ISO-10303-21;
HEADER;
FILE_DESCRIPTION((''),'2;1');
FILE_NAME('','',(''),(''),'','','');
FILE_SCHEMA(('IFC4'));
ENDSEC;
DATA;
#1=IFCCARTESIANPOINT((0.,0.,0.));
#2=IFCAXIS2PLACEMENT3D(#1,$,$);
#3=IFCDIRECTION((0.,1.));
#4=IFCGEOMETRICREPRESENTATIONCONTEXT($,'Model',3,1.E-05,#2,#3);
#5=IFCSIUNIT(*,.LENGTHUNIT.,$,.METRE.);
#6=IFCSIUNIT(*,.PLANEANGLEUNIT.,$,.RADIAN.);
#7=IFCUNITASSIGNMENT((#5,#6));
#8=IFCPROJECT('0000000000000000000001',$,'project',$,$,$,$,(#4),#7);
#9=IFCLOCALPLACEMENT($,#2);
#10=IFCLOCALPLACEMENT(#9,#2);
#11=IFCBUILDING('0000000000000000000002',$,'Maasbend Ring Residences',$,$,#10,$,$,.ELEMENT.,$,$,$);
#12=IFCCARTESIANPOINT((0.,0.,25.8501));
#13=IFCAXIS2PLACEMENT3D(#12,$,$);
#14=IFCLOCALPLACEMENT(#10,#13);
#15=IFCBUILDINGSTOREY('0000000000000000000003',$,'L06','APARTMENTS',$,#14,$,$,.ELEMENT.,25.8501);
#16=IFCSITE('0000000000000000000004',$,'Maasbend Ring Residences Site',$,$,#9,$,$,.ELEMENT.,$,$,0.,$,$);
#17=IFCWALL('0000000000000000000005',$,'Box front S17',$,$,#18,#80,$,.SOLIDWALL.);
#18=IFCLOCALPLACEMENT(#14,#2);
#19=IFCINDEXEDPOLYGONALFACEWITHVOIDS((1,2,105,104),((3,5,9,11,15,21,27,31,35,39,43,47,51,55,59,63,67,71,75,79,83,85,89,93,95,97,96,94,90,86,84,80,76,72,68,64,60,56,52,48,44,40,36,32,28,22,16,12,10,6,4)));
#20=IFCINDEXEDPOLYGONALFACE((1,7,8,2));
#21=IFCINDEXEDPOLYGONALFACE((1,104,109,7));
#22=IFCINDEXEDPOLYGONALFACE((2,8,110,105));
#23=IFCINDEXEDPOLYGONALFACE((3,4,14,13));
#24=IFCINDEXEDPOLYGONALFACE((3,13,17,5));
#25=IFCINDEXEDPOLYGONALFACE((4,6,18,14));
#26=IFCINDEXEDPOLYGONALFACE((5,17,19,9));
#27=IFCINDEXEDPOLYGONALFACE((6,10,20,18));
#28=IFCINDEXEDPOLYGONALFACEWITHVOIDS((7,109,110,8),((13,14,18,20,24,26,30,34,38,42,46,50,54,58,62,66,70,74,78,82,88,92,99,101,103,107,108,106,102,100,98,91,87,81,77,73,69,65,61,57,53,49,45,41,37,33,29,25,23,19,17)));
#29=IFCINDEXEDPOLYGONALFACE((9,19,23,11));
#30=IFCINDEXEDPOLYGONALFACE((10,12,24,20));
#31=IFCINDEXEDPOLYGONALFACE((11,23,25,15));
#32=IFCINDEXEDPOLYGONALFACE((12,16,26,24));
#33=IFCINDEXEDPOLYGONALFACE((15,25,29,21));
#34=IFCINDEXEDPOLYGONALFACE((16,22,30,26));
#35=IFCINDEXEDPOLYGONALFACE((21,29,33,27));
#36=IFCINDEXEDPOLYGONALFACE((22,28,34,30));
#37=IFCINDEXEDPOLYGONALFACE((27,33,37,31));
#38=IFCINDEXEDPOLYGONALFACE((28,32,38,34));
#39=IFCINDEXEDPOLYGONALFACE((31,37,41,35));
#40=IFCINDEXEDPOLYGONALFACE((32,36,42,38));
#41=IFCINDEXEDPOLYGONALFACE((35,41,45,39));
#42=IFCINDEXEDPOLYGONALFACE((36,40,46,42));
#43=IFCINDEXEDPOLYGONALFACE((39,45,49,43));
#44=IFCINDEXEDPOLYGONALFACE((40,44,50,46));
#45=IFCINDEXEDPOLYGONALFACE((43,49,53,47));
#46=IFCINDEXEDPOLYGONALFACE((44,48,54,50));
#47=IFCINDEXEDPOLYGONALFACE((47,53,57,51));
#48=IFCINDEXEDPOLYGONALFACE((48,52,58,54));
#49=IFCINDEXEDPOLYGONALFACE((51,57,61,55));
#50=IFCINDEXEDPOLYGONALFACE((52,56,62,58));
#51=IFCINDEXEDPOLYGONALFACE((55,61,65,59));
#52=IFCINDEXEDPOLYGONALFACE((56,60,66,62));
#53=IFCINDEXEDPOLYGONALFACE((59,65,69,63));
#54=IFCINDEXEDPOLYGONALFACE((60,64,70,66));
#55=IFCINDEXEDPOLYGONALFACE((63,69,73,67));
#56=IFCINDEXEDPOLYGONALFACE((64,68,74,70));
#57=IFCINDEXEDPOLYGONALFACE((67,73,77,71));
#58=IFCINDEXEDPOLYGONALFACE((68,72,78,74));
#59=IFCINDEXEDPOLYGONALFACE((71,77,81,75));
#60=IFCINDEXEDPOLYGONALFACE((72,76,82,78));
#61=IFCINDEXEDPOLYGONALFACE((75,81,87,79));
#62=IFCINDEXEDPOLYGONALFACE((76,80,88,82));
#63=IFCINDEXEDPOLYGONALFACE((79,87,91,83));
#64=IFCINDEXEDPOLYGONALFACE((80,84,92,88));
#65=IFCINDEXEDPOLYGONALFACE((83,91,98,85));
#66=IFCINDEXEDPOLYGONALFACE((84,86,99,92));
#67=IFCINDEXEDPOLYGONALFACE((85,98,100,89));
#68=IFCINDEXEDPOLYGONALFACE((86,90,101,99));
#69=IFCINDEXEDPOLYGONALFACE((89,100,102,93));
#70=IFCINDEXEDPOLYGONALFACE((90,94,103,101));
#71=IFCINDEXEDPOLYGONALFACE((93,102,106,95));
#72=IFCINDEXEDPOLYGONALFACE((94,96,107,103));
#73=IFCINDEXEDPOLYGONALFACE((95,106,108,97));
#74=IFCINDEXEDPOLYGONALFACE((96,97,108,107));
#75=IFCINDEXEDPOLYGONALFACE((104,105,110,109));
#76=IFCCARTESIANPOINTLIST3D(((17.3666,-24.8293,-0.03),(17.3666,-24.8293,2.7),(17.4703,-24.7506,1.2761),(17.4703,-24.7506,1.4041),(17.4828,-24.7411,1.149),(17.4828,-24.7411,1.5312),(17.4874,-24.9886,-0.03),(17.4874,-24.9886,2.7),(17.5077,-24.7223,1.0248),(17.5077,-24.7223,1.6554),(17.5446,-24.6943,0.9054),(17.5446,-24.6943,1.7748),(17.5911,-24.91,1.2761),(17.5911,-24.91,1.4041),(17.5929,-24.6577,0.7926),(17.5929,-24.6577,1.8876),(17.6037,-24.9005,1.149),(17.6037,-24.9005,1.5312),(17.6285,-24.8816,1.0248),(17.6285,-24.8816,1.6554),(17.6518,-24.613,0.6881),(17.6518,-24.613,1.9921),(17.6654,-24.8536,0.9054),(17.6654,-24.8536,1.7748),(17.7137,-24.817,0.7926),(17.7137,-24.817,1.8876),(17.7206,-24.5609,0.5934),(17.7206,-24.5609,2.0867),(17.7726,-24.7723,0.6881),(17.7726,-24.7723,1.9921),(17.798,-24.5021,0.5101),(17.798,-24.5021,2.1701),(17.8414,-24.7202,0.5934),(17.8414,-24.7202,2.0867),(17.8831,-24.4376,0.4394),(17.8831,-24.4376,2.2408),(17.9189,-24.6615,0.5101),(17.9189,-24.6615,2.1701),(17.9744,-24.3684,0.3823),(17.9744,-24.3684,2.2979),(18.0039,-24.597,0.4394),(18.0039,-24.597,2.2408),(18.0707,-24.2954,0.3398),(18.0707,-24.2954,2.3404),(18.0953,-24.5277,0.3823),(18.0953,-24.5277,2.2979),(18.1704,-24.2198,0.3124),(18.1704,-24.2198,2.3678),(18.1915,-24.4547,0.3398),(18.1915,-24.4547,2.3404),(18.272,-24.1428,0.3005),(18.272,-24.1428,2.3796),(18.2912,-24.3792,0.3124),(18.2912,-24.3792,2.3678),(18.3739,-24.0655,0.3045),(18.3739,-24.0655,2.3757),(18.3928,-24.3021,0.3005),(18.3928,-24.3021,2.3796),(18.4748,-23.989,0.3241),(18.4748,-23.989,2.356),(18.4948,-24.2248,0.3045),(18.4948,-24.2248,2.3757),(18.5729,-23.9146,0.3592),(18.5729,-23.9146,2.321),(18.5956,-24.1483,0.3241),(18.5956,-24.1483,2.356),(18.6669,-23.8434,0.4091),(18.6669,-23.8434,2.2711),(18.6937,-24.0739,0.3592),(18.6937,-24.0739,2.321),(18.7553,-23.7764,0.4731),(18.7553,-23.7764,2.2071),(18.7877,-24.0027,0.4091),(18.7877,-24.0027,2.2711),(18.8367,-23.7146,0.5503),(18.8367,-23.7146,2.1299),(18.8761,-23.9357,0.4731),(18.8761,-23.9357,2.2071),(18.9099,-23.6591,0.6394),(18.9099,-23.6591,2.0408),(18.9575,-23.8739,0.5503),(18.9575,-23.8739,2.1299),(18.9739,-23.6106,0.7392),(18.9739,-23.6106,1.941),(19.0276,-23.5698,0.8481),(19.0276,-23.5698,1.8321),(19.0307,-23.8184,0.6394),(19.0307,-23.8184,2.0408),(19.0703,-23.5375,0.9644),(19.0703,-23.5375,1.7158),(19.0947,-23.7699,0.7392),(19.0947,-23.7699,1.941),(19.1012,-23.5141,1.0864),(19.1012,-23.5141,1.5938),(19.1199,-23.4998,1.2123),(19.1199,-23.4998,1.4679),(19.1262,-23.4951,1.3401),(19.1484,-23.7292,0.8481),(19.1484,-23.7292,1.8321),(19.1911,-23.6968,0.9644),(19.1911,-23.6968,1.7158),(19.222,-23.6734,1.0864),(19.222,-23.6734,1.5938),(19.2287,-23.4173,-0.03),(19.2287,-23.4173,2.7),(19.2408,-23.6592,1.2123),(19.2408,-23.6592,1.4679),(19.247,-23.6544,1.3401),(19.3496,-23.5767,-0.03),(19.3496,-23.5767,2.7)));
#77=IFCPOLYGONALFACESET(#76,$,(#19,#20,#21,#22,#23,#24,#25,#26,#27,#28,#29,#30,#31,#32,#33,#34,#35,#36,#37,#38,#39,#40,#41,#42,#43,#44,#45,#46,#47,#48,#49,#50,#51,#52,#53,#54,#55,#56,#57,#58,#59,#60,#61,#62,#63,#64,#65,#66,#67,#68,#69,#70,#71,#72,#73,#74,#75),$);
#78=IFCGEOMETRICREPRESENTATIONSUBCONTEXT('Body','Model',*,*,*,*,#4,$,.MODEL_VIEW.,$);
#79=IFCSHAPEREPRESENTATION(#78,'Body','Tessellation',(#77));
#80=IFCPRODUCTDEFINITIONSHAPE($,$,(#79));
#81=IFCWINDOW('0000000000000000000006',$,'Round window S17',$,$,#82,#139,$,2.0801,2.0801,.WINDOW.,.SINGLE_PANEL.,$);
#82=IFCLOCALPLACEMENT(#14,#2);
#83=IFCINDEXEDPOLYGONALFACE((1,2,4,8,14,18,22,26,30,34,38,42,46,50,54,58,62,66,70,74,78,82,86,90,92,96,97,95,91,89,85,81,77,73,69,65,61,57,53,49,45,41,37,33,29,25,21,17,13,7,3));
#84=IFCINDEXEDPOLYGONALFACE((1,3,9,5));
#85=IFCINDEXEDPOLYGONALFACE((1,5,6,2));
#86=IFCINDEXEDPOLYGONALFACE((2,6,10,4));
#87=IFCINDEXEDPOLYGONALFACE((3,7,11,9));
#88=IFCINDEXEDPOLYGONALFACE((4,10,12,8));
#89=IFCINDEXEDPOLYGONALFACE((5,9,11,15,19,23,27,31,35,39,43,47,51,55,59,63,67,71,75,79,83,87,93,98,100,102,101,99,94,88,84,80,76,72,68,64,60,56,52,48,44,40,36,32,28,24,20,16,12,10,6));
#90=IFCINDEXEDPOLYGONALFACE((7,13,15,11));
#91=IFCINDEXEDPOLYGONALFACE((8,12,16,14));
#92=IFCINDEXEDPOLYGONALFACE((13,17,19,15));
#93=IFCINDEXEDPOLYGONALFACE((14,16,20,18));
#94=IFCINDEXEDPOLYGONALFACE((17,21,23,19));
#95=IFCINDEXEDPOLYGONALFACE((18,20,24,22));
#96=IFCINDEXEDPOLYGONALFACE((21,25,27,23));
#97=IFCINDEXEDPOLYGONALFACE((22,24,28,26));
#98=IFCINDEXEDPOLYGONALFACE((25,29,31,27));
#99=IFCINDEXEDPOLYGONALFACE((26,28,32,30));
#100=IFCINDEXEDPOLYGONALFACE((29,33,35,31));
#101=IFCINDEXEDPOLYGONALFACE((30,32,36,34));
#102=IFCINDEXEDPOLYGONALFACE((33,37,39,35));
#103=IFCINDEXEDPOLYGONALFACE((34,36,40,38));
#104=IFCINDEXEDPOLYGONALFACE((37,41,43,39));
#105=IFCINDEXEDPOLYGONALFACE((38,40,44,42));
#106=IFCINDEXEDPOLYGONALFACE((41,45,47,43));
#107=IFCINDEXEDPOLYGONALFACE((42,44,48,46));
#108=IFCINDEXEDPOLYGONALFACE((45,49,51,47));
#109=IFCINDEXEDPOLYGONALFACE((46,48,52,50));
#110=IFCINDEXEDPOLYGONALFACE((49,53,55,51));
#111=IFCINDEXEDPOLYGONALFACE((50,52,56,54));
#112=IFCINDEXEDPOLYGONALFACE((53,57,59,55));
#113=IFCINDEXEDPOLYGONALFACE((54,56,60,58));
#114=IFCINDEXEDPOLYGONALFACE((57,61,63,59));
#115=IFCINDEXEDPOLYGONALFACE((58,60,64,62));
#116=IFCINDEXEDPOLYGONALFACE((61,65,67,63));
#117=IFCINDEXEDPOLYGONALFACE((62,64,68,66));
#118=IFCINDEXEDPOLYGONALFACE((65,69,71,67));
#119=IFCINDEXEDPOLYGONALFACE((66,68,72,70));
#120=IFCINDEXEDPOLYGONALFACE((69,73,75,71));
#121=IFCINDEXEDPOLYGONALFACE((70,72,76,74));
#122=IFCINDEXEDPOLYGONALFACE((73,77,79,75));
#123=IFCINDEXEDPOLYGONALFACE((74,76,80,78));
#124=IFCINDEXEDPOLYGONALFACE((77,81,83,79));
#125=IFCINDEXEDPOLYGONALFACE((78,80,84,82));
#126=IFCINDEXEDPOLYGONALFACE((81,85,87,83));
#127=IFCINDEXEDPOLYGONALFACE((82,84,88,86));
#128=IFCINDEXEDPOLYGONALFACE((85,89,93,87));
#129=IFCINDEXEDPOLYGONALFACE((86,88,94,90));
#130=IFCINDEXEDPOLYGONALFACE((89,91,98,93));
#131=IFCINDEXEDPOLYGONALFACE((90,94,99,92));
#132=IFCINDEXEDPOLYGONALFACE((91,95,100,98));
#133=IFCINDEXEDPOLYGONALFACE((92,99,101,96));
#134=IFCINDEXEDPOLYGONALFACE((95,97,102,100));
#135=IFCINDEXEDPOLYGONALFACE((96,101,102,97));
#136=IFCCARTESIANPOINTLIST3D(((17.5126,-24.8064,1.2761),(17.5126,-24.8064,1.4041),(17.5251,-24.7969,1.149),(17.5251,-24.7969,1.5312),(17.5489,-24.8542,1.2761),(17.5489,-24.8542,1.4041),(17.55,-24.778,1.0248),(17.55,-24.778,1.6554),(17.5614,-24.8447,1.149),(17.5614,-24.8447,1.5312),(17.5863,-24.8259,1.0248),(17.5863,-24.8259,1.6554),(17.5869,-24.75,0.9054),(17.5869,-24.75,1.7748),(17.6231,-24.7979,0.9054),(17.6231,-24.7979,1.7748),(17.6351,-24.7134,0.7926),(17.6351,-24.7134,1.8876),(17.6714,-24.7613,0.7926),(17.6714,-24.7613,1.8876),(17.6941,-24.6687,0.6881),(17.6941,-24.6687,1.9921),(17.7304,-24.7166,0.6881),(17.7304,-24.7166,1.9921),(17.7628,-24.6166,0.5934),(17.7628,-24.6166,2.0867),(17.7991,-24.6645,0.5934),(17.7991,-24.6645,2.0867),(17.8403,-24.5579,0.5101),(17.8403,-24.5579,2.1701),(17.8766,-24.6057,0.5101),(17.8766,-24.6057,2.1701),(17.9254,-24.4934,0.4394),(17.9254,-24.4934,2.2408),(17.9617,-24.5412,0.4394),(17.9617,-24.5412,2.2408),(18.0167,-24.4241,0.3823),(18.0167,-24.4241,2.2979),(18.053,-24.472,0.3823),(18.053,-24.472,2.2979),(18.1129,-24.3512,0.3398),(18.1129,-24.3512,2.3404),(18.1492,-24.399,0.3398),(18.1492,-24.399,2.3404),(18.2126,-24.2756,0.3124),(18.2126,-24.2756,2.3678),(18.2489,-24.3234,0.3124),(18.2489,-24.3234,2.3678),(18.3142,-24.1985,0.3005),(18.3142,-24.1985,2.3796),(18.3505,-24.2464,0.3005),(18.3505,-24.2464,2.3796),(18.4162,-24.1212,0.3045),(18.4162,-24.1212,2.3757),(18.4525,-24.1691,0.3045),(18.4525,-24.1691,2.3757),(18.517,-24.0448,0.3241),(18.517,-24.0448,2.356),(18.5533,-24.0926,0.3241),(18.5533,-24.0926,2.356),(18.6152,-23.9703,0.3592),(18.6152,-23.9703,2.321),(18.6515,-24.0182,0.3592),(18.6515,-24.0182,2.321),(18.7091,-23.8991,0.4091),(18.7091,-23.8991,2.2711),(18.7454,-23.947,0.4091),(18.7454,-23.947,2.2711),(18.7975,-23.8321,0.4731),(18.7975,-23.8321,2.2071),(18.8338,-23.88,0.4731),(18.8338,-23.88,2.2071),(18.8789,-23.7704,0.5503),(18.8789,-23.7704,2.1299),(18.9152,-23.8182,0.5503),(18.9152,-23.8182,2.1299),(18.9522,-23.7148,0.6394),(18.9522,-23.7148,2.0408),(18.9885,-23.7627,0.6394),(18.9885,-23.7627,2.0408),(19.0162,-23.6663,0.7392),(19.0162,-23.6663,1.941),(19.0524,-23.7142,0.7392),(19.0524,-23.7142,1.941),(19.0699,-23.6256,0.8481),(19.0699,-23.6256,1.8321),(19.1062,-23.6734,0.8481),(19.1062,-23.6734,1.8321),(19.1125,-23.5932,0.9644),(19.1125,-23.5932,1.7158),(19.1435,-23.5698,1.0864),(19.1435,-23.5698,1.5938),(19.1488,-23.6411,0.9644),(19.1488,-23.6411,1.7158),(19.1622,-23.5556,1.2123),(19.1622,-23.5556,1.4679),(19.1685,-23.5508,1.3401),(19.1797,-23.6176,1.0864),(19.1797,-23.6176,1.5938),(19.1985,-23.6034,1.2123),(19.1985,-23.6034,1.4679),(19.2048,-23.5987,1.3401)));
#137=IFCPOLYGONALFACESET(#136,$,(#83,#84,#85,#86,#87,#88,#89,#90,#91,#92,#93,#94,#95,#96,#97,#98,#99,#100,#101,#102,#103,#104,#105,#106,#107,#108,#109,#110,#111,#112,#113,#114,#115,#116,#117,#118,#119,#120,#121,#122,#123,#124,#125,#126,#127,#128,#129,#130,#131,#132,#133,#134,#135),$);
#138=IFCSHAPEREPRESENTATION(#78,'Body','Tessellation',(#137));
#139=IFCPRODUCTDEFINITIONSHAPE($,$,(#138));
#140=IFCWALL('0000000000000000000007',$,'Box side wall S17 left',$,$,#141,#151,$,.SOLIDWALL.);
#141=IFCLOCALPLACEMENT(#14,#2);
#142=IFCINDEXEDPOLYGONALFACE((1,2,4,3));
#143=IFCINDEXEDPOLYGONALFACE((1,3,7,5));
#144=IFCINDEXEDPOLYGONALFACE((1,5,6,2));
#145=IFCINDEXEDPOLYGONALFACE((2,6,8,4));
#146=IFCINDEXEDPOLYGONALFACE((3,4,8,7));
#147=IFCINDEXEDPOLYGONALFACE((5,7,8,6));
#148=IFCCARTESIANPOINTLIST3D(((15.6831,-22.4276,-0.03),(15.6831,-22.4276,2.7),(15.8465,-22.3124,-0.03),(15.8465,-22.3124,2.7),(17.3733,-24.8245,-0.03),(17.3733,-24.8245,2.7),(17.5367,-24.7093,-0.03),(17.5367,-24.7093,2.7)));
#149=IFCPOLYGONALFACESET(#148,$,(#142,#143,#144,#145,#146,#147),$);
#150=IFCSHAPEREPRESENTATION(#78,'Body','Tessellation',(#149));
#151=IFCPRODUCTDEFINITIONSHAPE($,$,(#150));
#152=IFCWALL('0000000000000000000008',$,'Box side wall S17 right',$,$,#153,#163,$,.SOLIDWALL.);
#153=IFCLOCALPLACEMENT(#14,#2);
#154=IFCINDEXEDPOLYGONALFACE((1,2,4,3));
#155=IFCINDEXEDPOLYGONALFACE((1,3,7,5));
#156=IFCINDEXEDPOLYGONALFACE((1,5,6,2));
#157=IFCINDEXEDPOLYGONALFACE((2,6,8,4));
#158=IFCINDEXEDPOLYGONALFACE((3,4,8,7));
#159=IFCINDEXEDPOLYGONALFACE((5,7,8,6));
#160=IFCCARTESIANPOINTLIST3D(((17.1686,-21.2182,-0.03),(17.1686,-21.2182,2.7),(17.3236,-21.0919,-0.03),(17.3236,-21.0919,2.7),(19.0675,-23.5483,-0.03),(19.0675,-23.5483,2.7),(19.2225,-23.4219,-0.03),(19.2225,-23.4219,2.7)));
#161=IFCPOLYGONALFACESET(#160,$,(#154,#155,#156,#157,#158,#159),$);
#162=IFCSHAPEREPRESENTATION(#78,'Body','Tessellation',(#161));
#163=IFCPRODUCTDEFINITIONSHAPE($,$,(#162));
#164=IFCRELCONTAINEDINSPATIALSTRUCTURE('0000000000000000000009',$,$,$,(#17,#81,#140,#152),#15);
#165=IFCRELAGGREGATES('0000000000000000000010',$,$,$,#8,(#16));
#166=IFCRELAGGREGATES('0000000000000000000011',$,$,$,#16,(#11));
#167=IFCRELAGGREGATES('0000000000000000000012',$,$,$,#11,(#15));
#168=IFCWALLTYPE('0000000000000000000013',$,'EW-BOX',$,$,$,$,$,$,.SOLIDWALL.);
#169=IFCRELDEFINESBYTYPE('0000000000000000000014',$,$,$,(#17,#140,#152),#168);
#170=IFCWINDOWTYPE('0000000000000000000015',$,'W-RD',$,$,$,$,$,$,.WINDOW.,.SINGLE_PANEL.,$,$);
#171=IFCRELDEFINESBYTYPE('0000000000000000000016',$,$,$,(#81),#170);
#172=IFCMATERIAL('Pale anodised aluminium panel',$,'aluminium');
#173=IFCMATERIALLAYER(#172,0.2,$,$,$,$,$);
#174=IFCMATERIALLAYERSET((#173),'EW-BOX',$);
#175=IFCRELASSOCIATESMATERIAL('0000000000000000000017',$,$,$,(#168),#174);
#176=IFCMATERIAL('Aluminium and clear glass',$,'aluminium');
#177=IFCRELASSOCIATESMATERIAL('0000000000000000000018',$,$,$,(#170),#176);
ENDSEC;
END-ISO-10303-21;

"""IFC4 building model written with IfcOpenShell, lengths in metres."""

from ifc_helpers import new_model, si_unit, direction, frame, frame_2d, origin, place, context, subcontext, project, spatial, rectangle, circle, extrude, material, layer, layer_set, type_object, element, fill, save


model = new_model("IFC4")

# Units and contexts
model_context = context("Model", 3, precision=1e-05, world=origin(), true_north=direction((0.0, 1.0)))
body_context = subcontext(model_context, "Body", "Model", "MODEL_VIEW")
ifc_project = project(units=[si_unit("LENGTHUNIT", "METRE"), si_unit("PLANEANGLEUNIT", "RADIAN")], contexts=[model_context])

# Site, building, storey
site_placement = place(None, origin())
site = spatial("IfcSite", under=ifc_project, at=site_placement, Name="Maasbend Ring Residences Site", CompositionType="ELEMENT", RefElevation=0.0)
building_placement = place(site_placement, origin())
building = spatial("IfcBuilding", under=site, at=building_placement, Name="Maasbend Ring Residences", CompositionType="ELEMENT")
storey_placement = place(building_placement, frame((0.0, 0.0, 25.8501)))
storey = spatial("IfcBuildingStorey", under=building, at=storey_placement, Name="L06", Description="APARTMENTS", CompositionType="ELEMENT", Elevation=25.8501)

# Shared definitions
ifc_material_1 = material(Name="Pale anodised aluminium panel", Category="aluminium")
ifc_layer_1 = layer(ifc_material_1, 0.2)
ifc_layer_set_1 = layer_set([ifc_layer_1], Name="EW-BOX")
wall_type_1 = type_object("IfcWallType", Name="EW-BOX", PredefinedType="SOLIDWALL", material=ifc_layer_set_1)
ifc_material_2 = material(Name="Aluminium and clear glass", Category="aluminium")
window_type_1 = type_object("IfcWindowType", Name="W-RD", PartitioningType="SINGLE_PANEL", PredefinedType="WINDOW", material=ifc_material_2)

# Wall, opening, window
wall_1_placement = place(storey_placement, frame((17.427, -24.9089, -0.03), z_axis=(0.0, 0.0, 1.0), x_axis=(0.796842, 0.604188, 0.0)))
wall_1 = element("IfcWall", 1, at=wall_1_placement, inside=storey, type_object=wall_type_1, Name="Box front S17", PredefinedType="SOLIDWALL", context=body_context, shape_type="SweptSolid", body=[
    extrude(rectangle(XDim=2.3369, YDim=0.2, at=frame_2d((1.1685, 0.0))), origin(), (0.0, 0.0, 1.0), 2.73),
])
opening_1_placement = place(wall_1_placement, frame((0.1282, 0.0, 0.3301)))
opening_1 = element("IfcOpeningElement", 2, at=opening_1_placement, cuts=wall_1, PredefinedType="OPENING", context=body_context, shape_type="SweptSolid", body=[
    extrude(circle(Radius=1.04, at=frame_2d((1.04, 1.04))), frame((0.0, 0.1099, 0.0), z_axis=(0.0, -1.0, 0.0), x_axis=(1.0, 0.0, 0.0)), (0.0, 0.0, 1.0), 0.22),
])
window_1_placement = place(opening_1_placement, origin())
window_1 = element("IfcWindow", 3, at=window_1_placement, inside=storey, type_object=window_type_1, Name="Round window S17", OverallHeight=2.0801, OverallWidth=2.0801, PartitioningType="SINGLE_PANEL", PredefinedType="WINDOW", context=body_context, shape_type="SweptSolid", body=[
    extrude(circle(Radius=1.04, at=frame_2d((1.04, 1.04))), frame((0.0, 0.03, 0.0), z_axis=(0.0, -1.0, 0.0), x_axis=(1.0, 0.0, 0.0)), (0.0, 0.0, 1.0), 0.0601),
])
fill(opening_1, window_1)

# Walls
wall_2_placement = place(storey_placement, frame((15.7649, -22.3701, -0.03), z_axis=(0.0, 0.0, 1.0), x_axis=(0.576275, -0.817256, 0.0)))
element("IfcWall", 4, at=wall_2_placement, inside=storey, type_object=wall_type_1, Name="Box side wall S17 left", PredefinedType="SOLIDWALL", context=body_context, shape_type="SweptSolid", body=[
    extrude(rectangle(XDim=2.9329, YDim=0.2, at=frame_2d((1.4663, 0.0))), origin(), (0.0, 0.0, 1.0), 2.73),
])
wall_3_placement = place(storey_placement, frame((17.2461, -21.155, -0.03), z_axis=(0.0, 0.0, 1.0), x_axis=(0.631742, -0.775179, 0.0)))
element("IfcWall", 5, at=wall_3_placement, inside=storey, type_object=wall_type_1, Name="Box side wall S17 right", PredefinedType="SOLIDWALL", context=body_context, shape_type="SweptSolid", body=[
    extrude(rectangle(XDim=3.0059, YDim=0.2, at=frame_2d((1.5029, 0.0))), origin(), (0.0, 0.0, 1.0), 2.73),
])

save(model, "model.ifc")
